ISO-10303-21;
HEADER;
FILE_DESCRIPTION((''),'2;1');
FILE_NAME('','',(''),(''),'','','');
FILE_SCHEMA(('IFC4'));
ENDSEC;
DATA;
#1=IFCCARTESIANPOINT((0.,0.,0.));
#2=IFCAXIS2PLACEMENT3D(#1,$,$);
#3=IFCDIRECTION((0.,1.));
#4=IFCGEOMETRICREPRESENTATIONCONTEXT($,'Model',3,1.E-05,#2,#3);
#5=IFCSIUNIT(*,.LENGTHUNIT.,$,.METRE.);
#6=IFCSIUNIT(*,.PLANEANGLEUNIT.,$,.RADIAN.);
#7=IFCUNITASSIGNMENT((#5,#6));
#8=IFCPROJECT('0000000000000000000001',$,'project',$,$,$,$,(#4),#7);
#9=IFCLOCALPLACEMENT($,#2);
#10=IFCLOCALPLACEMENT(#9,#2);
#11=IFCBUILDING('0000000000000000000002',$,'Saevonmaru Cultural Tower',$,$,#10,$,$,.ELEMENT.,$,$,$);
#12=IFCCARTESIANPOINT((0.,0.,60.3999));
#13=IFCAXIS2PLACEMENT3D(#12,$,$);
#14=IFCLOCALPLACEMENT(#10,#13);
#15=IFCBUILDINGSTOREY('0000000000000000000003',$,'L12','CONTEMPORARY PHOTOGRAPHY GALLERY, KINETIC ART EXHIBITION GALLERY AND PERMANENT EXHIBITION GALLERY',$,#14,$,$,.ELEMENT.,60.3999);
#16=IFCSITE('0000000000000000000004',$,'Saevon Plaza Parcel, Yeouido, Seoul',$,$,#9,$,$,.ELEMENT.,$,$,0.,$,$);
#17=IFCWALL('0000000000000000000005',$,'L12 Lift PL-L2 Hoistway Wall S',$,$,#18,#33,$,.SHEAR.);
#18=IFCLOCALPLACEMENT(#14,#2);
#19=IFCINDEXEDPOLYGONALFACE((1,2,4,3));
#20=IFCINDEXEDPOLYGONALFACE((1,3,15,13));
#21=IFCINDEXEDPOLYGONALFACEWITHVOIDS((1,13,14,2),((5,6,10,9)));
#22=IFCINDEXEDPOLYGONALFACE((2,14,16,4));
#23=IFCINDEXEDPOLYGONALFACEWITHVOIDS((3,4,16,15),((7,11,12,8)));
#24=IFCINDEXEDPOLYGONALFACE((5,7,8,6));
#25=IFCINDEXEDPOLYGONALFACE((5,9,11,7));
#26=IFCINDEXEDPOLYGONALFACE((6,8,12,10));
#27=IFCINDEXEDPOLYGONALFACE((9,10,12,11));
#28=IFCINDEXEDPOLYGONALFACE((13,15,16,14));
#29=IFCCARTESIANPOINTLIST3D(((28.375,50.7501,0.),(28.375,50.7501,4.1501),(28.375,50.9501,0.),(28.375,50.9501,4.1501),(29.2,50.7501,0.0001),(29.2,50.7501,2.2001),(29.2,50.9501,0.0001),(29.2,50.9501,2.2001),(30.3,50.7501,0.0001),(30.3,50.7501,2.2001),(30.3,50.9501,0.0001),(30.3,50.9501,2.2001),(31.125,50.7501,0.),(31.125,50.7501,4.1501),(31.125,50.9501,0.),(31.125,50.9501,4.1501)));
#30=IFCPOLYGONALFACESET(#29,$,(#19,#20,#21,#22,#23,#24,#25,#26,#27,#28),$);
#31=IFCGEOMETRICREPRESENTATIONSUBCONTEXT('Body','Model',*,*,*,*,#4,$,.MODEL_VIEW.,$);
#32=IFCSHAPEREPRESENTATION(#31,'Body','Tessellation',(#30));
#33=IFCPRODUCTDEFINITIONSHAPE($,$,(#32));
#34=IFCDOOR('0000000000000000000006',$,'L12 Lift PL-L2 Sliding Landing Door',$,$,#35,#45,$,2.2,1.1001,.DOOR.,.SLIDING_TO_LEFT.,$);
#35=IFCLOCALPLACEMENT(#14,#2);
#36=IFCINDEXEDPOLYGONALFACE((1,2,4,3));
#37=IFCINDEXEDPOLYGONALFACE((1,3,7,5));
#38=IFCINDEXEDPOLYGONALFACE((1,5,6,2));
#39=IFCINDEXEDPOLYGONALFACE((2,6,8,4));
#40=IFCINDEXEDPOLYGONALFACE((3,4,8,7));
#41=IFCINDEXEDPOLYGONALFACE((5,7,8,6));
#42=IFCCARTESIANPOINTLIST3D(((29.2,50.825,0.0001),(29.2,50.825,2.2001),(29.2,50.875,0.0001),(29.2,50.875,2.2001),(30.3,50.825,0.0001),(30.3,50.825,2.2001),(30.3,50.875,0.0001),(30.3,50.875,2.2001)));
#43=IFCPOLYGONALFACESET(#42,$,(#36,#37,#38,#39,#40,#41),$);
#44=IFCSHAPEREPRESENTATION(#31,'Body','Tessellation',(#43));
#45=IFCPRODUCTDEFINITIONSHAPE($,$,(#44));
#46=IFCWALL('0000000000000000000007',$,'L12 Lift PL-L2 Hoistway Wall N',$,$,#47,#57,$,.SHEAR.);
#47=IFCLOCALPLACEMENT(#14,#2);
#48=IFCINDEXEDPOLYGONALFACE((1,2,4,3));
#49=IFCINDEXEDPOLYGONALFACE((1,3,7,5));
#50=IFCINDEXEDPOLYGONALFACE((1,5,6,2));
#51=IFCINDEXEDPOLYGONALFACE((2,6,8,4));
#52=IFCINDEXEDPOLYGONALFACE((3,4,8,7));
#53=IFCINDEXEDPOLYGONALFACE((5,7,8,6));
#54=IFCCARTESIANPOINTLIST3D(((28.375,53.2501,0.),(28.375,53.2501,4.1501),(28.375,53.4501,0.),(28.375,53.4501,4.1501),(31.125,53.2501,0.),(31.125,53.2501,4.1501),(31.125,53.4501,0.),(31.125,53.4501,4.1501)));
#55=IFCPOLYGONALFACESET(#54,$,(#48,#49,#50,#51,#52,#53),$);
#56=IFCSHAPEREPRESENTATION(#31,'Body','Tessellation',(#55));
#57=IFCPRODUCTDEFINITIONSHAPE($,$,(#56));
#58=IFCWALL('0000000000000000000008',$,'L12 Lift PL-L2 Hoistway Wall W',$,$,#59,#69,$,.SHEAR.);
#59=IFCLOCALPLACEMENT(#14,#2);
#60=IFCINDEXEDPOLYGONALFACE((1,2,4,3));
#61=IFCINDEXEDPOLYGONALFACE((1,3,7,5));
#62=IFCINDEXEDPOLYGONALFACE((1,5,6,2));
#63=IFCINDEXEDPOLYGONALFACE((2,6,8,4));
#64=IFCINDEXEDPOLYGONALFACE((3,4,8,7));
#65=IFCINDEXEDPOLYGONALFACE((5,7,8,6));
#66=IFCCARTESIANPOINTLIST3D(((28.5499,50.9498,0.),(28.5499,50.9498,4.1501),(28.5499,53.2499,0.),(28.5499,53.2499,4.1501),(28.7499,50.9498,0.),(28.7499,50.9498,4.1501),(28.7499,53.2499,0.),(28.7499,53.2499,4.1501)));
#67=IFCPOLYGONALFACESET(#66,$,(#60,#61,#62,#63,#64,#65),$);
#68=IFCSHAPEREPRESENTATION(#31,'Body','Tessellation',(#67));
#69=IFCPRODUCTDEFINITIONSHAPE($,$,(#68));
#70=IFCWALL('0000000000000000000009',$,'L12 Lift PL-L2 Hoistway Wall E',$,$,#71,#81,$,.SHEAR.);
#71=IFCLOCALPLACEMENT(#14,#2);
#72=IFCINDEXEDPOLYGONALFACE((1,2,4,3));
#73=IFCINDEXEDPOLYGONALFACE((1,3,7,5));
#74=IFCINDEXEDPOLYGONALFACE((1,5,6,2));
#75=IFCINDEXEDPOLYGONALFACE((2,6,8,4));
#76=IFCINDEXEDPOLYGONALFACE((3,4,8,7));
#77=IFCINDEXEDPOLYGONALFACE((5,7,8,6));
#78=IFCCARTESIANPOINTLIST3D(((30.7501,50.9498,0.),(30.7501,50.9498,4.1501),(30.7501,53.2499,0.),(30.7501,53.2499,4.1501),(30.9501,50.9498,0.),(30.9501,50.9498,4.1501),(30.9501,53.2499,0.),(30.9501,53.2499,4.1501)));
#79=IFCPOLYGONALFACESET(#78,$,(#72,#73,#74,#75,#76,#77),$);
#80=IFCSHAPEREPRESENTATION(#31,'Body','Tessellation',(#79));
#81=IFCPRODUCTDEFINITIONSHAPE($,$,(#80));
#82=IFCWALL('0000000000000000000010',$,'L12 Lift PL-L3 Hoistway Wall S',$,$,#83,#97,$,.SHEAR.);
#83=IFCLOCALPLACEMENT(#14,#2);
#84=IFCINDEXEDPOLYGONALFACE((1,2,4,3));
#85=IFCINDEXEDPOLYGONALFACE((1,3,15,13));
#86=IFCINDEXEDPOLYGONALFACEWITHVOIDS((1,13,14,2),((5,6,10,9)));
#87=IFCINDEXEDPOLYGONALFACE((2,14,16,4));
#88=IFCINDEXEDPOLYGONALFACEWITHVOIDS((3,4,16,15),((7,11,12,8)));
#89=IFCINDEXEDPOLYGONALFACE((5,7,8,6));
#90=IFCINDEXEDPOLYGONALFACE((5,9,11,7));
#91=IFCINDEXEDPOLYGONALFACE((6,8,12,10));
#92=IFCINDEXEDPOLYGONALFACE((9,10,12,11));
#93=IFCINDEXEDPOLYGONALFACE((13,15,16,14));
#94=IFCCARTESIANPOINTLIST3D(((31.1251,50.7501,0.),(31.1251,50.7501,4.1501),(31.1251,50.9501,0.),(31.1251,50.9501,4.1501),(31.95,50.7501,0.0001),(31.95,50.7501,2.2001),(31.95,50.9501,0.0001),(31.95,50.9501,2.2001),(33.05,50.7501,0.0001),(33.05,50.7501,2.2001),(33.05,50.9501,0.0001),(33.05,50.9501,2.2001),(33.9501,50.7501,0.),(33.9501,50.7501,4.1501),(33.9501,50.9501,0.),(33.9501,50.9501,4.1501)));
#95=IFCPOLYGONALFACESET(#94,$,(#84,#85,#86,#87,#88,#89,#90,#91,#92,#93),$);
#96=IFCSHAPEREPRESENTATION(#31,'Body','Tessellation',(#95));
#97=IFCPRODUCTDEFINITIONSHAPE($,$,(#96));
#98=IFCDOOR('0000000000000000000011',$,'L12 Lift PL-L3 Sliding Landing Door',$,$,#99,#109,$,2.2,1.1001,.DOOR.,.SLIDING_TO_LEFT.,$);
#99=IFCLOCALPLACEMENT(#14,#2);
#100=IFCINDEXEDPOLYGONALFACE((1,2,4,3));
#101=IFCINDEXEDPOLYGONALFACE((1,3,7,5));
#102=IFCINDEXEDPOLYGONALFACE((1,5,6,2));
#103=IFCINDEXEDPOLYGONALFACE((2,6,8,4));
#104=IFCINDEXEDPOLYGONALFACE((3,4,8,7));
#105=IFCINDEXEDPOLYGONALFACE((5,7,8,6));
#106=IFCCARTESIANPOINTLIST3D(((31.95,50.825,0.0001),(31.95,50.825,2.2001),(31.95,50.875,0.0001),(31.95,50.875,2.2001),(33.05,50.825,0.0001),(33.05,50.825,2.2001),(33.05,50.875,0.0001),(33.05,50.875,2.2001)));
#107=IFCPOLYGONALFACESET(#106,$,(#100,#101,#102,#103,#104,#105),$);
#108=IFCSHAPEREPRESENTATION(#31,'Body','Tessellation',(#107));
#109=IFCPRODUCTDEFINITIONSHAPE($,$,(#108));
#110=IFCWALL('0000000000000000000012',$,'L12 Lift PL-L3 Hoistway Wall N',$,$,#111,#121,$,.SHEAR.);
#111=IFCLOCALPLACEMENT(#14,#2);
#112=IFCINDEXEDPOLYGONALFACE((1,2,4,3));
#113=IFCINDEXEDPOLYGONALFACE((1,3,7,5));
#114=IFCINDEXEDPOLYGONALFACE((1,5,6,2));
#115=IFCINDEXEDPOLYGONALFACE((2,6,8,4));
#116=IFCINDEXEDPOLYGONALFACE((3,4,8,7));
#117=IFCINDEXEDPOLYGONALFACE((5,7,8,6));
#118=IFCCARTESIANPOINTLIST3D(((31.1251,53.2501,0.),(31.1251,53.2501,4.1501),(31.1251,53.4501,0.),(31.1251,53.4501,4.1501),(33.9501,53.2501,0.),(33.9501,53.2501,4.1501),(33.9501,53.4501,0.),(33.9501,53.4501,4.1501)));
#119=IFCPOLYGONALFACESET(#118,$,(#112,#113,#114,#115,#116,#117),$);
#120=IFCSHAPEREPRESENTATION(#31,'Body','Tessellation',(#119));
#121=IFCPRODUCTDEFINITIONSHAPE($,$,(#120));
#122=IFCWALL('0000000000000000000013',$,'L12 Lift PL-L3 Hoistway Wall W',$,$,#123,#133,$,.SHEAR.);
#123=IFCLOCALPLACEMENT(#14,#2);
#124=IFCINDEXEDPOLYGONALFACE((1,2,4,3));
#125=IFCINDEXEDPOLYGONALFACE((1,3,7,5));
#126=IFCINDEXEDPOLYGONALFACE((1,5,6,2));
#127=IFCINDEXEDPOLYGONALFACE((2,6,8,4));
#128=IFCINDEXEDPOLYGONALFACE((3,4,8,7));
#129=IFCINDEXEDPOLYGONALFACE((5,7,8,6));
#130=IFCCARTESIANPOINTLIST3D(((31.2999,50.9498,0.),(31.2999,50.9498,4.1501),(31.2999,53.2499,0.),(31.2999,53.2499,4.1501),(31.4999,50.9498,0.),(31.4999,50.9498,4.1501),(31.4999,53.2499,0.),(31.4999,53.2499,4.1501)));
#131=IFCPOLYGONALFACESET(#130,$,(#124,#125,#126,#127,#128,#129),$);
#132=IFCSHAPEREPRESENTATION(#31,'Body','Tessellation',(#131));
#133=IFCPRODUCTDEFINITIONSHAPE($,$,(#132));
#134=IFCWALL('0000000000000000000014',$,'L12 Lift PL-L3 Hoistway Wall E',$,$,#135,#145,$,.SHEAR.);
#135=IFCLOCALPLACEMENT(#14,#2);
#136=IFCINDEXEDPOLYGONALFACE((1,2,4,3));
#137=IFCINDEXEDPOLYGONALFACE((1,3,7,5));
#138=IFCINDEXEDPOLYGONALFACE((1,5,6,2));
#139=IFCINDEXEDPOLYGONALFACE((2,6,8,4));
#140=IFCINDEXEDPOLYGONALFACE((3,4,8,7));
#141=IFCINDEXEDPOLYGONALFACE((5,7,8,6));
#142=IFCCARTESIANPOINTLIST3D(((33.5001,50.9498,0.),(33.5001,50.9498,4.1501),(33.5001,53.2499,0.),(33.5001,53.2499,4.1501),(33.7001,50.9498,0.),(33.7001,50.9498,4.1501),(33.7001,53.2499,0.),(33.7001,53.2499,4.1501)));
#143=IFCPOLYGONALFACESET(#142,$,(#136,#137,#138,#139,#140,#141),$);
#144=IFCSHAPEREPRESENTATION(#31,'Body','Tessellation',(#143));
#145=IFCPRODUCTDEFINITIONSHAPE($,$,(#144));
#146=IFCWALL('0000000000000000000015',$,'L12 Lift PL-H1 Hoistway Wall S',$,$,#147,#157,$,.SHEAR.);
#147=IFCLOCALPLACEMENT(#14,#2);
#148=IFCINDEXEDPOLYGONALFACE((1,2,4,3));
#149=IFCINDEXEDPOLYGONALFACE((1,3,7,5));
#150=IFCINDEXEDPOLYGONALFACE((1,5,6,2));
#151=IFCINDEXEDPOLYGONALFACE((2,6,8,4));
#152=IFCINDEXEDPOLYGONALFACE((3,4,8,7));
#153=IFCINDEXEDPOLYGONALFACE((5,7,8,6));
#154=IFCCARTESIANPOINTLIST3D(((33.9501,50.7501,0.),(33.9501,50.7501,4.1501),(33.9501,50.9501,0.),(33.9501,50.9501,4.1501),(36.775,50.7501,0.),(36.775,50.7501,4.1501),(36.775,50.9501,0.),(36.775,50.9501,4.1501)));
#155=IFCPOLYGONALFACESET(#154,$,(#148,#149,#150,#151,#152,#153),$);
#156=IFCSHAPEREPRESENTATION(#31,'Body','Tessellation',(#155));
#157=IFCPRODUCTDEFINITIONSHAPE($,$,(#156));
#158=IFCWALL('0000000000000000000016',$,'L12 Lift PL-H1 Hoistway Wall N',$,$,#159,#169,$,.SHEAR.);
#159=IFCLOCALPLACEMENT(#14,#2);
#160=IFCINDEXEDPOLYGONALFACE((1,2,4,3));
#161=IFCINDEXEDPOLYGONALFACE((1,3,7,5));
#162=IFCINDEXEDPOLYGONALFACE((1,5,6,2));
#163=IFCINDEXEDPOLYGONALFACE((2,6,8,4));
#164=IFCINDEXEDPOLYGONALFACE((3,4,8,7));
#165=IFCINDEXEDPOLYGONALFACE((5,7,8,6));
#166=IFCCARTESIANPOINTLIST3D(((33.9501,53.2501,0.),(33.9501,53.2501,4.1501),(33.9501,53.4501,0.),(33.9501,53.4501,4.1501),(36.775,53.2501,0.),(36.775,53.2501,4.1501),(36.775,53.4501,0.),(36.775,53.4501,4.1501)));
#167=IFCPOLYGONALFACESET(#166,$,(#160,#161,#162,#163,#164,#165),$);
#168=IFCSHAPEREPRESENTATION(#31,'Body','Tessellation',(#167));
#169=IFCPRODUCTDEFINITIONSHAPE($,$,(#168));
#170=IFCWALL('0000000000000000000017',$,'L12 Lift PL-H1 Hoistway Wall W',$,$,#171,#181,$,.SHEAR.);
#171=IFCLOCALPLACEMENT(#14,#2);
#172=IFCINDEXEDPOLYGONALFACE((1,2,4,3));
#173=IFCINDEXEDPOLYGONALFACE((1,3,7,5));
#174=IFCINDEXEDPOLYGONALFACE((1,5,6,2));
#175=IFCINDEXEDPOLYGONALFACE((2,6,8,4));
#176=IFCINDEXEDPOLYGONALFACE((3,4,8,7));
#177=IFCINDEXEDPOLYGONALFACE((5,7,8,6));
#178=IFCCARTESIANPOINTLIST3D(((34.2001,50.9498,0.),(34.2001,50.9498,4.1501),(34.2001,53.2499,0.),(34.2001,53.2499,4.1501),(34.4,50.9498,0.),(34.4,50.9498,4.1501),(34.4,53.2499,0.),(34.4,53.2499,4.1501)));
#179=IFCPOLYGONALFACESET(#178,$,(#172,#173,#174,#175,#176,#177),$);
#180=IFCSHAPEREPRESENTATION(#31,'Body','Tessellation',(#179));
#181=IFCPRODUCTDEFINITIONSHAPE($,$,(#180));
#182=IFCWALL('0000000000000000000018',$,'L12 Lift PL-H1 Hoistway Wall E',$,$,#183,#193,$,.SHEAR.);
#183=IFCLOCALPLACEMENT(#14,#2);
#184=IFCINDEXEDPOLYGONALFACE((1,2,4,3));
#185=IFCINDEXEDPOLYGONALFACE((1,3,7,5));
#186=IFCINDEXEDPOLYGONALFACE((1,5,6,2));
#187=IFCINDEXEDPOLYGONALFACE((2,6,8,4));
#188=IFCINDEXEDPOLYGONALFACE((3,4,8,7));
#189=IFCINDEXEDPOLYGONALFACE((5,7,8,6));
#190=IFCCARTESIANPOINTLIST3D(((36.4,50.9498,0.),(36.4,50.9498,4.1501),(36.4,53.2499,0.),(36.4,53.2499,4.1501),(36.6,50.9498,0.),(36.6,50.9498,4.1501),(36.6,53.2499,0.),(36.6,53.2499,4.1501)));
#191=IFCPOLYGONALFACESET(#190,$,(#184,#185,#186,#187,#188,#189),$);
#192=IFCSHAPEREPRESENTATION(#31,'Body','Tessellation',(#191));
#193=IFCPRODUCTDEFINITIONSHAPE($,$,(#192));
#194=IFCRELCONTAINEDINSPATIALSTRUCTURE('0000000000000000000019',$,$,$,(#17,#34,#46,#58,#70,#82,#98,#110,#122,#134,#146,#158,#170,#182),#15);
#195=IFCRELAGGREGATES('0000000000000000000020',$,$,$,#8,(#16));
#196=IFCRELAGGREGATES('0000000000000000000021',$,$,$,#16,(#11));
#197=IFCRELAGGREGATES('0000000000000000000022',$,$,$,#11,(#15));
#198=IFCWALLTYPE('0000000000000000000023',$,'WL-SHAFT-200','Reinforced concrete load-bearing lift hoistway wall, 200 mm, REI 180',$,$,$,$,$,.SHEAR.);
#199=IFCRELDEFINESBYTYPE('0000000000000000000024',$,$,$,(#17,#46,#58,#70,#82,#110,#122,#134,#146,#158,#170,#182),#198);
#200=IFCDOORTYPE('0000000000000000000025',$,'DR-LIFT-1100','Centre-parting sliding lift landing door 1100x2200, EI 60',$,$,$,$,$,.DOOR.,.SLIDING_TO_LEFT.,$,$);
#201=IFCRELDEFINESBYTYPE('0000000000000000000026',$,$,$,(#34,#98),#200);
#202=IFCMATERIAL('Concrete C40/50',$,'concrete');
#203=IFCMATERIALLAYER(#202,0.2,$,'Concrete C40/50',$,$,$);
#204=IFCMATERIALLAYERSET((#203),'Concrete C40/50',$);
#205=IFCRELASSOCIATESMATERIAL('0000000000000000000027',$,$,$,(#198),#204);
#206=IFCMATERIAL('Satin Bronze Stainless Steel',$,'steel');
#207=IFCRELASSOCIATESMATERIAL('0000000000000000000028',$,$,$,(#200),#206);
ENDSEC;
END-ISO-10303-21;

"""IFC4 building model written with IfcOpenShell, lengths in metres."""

from ifc_helpers import new_model, si_unit, direction, frame, frame_2d, origin, place, context, subcontext, project, spatial, rectangle, extrude, material, layer, layer_set, type_object, element, fill, save


model = new_model("IFC4")

# Units and contexts
model_context = context("Model", 3, precision=1e-05, world=origin(), true_north=direction((0.0, 1.0)))
body_context = subcontext(model_context, "Body", "Model", "MODEL_VIEW")
ifc_project = project(units=[si_unit("LENGTHUNIT", "METRE"), si_unit("PLANEANGLEUNIT", "RADIAN")], contexts=[model_context])

# Site, building, storey
site_placement = place(None, origin())
site = spatial("IfcSite", under=ifc_project, at=site_placement, Name="Saevon Plaza Parcel, Yeouido, Seoul", CompositionType="ELEMENT", RefElevation=0.0)
building_placement = place(site_placement, origin())
building = spatial("IfcBuilding", under=site, at=building_placement, Name="Saevonmaru Cultural Tower", CompositionType="ELEMENT")
storey_placement = place(building_placement, frame((0.0, 0.0, 60.3999)))
storey = spatial("IfcBuildingStorey", under=building, at=storey_placement, Name="L12", Description="CONTEMPORARY PHOTOGRAPHY GALLERY, KINETIC ART EXHIBITION GALLERY AND PERMANENT EXHIBITION GALLERY", CompositionType="ELEMENT", Elevation=60.3999)

# Shared definitions
ifc_material_1 = material(Name="Concrete C40/50", Category="concrete")
ifc_layer_1 = layer(ifc_material_1, 0.2, Name="Concrete C40/50")
ifc_layer_set_1 = layer_set([ifc_layer_1], Name="Concrete C40/50")
wall_type_1 = type_object("IfcWallType", Name="WL-SHAFT-200", Description="Reinforced concrete load-bearing lift hoistway wall, 200 mm, REI 180", PredefinedType="SHEAR", material=ifc_layer_set_1)

# Wall, opening, door
wall_1_placement = place(storey_placement, frame((28.375, 50.8501, 0.0), z_axis=(0.0, 0.0, 1.0), x_axis=(1.0, 0.0, 0.0)))
wall_1 = element("IfcWall", 1, at=wall_1_placement, inside=storey, type_object=wall_type_1, Name="L12 Lift PL-L2 Hoistway Wall S", PredefinedType="SHEAR", context=body_context, shape_type="SweptSolid", body=[
    extrude(rectangle(XDim=2.75, YDim=0.2, at=frame_2d((1.375, 0.0))), origin(), (0.0, 0.0, 1.0), 4.1501),
])
opening_1_placement = place(wall_1_placement, frame((0.825, 0.0, 0.0)))
opening_1 = element("IfcOpeningElement", 2, at=opening_1_placement, cuts=wall_1, PredefinedType="OPENING", context=body_context, shape_type="SweptSolid", body=[
    extrude(rectangle(XDim=1.1001, YDim=2.2, at=frame_2d((0.55, 1.1001))), frame((0.0, 0.1099, 0.0), z_axis=(0.0, -1.0, 0.0), x_axis=(1.0, 0.0, 0.0)), (0.0, 0.0, 1.0), 0.22),
])
ifc_material_2 = material(Name="Satin Bronze Stainless Steel", Category="steel")
door_type_1 = type_object("IfcDoorType", Name="DR-LIFT-1100", Description="Centre-parting sliding lift landing door 1100x2200, EI 60", OperationType="SLIDING_TO_LEFT", PredefinedType="DOOR", material=ifc_material_2)
door_1_placement = place(opening_1_placement, origin())
door_1 = element("IfcDoor", 3, at=door_1_placement, inside=storey, type_object=door_type_1, Name="L12 Lift PL-L2 Sliding Landing Door", OperationType="SLIDING_TO_LEFT", OverallHeight=2.2, OverallWidth=1.1001, PredefinedType="DOOR", context=body_context, shape_type="SweptSolid", body=[
    extrude(rectangle(XDim=1.1001, YDim=2.2, at=frame_2d((0.55, 1.1001))), frame((0.0, 0.0249, 0.0), z_axis=(0.0, -1.0, 0.0), x_axis=(1.0, 0.0, 0.0)), (0.0, 0.0, 1.0), 0.05),
])
fill(opening_1, door_1)

# Walls
wall_2_placement = place(storey_placement, frame((28.375, 53.3501, 0.0), z_axis=(0.0, 0.0, 1.0), x_axis=(1.0, 0.0, 0.0)))
element("IfcWall", 4, at=wall_2_placement, inside=storey, type_object=wall_type_1, Name="L12 Lift PL-L2 Hoistway Wall N", PredefinedType="SHEAR", context=body_context, shape_type="SweptSolid", body=[
    extrude(rectangle(XDim=2.75, YDim=0.2, at=frame_2d((1.375, 0.0))), origin(), (0.0, 0.0, 1.0), 4.1501),
])
for number, where, z_axis, x_axis, name in (
    (5, (28.6499, 50.95, 0.0), (0.0, 0.0, 1.0), (0.0, 1.0, 0.0), "L12 Lift PL-L2 Hoistway Wall W"),
    (6, (30.8501, 50.95, 0.0), (0.0, 0.0, 1.0), (0.0, 1.0, 0.0), "L12 Lift PL-L2 Hoistway Wall E"),
):
    element("IfcWall", number, at=place(storey_placement, frame(where, z_axis=z_axis, x_axis=x_axis)), inside=storey, type_object=wall_type_1, Name=name, PredefinedType="SHEAR", context=body_context, shape_type="SweptSolid", body=[
        extrude(rectangle(XDim=2.3, YDim=0.2, at=frame_2d((1.1499, 0.0))), origin(), (0.0, 0.0, 1.0), 4.1501),
    ])

# Wall, opening, door
wall_3_placement = place(storey_placement, frame((31.125, 50.8501, 0.0), z_axis=(0.0, 0.0, 1.0), x_axis=(1.0, 0.0, 0.0)))
wall_3 = element("IfcWall", 7, at=wall_3_placement, inside=storey, type_object=wall_type_1, Name="L12 Lift PL-L3 Hoistway Wall S", PredefinedType="SHEAR", context=body_context, shape_type="SweptSolid", body=[
    extrude(rectangle(XDim=2.825, YDim=0.2, at=frame_2d((1.4126, 0.0))), origin(), (0.0, 0.0, 1.0), 4.1501),
])
opening_2_placement = place(wall_3_placement, frame((0.825, 0.0, 0.0)))
opening_2 = element("IfcOpeningElement", 8, at=opening_2_placement, cuts=wall_3, PredefinedType="OPENING", context=body_context, shape_type="SweptSolid", body=[
    extrude(rectangle(XDim=1.1001, YDim=2.2, at=frame_2d((0.55, 1.1001))), frame((0.0, 0.1099, 0.0), z_axis=(0.0, -1.0, 0.0), x_axis=(1.0, 0.0, 0.0)), (0.0, 0.0, 1.0), 0.22),
])
door_2_placement = place(opening_2_placement, origin())
door_2 = element("IfcDoor", 9, at=door_2_placement, inside=storey, type_object=door_type_1, Name="L12 Lift PL-L3 Sliding Landing Door", OperationType="SLIDING_TO_LEFT", OverallHeight=2.2, OverallWidth=1.1001, PredefinedType="DOOR", context=body_context, shape_type="SweptSolid", body=[
    extrude(rectangle(XDim=1.1001, YDim=2.2, at=frame_2d((0.55, 1.1001))), frame((0.0, 0.0249, 0.0), z_axis=(0.0, -1.0, 0.0), x_axis=(1.0, 0.0, 0.0)), (0.0, 0.0, 1.0), 0.05),
])
fill(opening_2, door_2)

# Walls
wall_4_placement = place(storey_placement, frame((31.125, 53.3501, 0.0), z_axis=(0.0, 0.0, 1.0), x_axis=(1.0, 0.0, 0.0)))
element("IfcWall", 10, at=wall_4_placement, inside=storey, type_object=wall_type_1, Name="L12 Lift PL-L3 Hoistway Wall N", PredefinedType="SHEAR", context=body_context, shape_type="SweptSolid", body=[
    extrude(rectangle(XDim=2.825, YDim=0.2, at=frame_2d((1.4126, 0.0))), origin(), (0.0, 0.0, 1.0), 4.1501),
])
for number, where, z_axis, x_axis, name in (
    (11, (31.3999, 50.95, 0.0), (0.0, 0.0, 1.0), (0.0, 1.0, 0.0), "L12 Lift PL-L3 Hoistway Wall W"),
    (12, (33.6001, 50.95, 0.0), (0.0, 0.0, 1.0), (0.0, 1.0, 0.0), "L12 Lift PL-L3 Hoistway Wall E"),
):
    element("IfcWall", number, at=place(storey_placement, frame(where, z_axis=z_axis, x_axis=x_axis)), inside=storey, type_object=wall_type_1, Name=name, PredefinedType="SHEAR", context=body_context, shape_type="SweptSolid", body=[
        extrude(rectangle(XDim=2.3, YDim=0.2, at=frame_2d((1.1499, 0.0))), origin(), (0.0, 0.0, 1.0), 4.1501),
    ])
for number, where, z_axis, x_axis, name in (
    (13, (33.95, 50.8501, 0.0), (0.0, 0.0, 1.0), (1.0, 0.0, 0.0), "L12 Lift PL-H1 Hoistway Wall S"),
    (14, (33.95, 53.3501, 0.0), (0.0, 0.0, 1.0), (1.0, 0.0, 0.0), "L12 Lift PL-H1 Hoistway Wall N"),
):
    element("IfcWall", number, at=place(storey_placement, frame(where, z_axis=z_axis, x_axis=x_axis)), inside=storey, type_object=wall_type_1, Name=name, PredefinedType="SHEAR", context=body_context, shape_type="SweptSolid", body=[
        extrude(rectangle(XDim=2.825, YDim=0.2, at=frame_2d((1.4126, 0.0))), origin(), (0.0, 0.0, 1.0), 4.1501),
    ])
for number, where, z_axis, x_axis, name in (
    (15, (34.3, 50.95, 0.0), (0.0, 0.0, 1.0), (0.0, 1.0, 0.0), "L12 Lift PL-H1 Hoistway Wall W"),
    (16, (36.5, 50.95, 0.0), (0.0, 0.0, 1.0), (0.0, 1.0, 0.0), "L12 Lift PL-H1 Hoistway Wall E"),
):
    element("IfcWall", number, at=place(storey_placement, frame(where, z_axis=z_axis, x_axis=x_axis)), inside=storey, type_object=wall_type_1, Name=name, PredefinedType="SHEAR", context=body_context, shape_type="SweptSolid", body=[
        extrude(rectangle(XDim=2.3, YDim=0.2, at=frame_2d((1.1499, 0.0))), origin(), (0.0, 0.0, 1.0), 4.1501),
    ])

save(model, "model.ifc")
